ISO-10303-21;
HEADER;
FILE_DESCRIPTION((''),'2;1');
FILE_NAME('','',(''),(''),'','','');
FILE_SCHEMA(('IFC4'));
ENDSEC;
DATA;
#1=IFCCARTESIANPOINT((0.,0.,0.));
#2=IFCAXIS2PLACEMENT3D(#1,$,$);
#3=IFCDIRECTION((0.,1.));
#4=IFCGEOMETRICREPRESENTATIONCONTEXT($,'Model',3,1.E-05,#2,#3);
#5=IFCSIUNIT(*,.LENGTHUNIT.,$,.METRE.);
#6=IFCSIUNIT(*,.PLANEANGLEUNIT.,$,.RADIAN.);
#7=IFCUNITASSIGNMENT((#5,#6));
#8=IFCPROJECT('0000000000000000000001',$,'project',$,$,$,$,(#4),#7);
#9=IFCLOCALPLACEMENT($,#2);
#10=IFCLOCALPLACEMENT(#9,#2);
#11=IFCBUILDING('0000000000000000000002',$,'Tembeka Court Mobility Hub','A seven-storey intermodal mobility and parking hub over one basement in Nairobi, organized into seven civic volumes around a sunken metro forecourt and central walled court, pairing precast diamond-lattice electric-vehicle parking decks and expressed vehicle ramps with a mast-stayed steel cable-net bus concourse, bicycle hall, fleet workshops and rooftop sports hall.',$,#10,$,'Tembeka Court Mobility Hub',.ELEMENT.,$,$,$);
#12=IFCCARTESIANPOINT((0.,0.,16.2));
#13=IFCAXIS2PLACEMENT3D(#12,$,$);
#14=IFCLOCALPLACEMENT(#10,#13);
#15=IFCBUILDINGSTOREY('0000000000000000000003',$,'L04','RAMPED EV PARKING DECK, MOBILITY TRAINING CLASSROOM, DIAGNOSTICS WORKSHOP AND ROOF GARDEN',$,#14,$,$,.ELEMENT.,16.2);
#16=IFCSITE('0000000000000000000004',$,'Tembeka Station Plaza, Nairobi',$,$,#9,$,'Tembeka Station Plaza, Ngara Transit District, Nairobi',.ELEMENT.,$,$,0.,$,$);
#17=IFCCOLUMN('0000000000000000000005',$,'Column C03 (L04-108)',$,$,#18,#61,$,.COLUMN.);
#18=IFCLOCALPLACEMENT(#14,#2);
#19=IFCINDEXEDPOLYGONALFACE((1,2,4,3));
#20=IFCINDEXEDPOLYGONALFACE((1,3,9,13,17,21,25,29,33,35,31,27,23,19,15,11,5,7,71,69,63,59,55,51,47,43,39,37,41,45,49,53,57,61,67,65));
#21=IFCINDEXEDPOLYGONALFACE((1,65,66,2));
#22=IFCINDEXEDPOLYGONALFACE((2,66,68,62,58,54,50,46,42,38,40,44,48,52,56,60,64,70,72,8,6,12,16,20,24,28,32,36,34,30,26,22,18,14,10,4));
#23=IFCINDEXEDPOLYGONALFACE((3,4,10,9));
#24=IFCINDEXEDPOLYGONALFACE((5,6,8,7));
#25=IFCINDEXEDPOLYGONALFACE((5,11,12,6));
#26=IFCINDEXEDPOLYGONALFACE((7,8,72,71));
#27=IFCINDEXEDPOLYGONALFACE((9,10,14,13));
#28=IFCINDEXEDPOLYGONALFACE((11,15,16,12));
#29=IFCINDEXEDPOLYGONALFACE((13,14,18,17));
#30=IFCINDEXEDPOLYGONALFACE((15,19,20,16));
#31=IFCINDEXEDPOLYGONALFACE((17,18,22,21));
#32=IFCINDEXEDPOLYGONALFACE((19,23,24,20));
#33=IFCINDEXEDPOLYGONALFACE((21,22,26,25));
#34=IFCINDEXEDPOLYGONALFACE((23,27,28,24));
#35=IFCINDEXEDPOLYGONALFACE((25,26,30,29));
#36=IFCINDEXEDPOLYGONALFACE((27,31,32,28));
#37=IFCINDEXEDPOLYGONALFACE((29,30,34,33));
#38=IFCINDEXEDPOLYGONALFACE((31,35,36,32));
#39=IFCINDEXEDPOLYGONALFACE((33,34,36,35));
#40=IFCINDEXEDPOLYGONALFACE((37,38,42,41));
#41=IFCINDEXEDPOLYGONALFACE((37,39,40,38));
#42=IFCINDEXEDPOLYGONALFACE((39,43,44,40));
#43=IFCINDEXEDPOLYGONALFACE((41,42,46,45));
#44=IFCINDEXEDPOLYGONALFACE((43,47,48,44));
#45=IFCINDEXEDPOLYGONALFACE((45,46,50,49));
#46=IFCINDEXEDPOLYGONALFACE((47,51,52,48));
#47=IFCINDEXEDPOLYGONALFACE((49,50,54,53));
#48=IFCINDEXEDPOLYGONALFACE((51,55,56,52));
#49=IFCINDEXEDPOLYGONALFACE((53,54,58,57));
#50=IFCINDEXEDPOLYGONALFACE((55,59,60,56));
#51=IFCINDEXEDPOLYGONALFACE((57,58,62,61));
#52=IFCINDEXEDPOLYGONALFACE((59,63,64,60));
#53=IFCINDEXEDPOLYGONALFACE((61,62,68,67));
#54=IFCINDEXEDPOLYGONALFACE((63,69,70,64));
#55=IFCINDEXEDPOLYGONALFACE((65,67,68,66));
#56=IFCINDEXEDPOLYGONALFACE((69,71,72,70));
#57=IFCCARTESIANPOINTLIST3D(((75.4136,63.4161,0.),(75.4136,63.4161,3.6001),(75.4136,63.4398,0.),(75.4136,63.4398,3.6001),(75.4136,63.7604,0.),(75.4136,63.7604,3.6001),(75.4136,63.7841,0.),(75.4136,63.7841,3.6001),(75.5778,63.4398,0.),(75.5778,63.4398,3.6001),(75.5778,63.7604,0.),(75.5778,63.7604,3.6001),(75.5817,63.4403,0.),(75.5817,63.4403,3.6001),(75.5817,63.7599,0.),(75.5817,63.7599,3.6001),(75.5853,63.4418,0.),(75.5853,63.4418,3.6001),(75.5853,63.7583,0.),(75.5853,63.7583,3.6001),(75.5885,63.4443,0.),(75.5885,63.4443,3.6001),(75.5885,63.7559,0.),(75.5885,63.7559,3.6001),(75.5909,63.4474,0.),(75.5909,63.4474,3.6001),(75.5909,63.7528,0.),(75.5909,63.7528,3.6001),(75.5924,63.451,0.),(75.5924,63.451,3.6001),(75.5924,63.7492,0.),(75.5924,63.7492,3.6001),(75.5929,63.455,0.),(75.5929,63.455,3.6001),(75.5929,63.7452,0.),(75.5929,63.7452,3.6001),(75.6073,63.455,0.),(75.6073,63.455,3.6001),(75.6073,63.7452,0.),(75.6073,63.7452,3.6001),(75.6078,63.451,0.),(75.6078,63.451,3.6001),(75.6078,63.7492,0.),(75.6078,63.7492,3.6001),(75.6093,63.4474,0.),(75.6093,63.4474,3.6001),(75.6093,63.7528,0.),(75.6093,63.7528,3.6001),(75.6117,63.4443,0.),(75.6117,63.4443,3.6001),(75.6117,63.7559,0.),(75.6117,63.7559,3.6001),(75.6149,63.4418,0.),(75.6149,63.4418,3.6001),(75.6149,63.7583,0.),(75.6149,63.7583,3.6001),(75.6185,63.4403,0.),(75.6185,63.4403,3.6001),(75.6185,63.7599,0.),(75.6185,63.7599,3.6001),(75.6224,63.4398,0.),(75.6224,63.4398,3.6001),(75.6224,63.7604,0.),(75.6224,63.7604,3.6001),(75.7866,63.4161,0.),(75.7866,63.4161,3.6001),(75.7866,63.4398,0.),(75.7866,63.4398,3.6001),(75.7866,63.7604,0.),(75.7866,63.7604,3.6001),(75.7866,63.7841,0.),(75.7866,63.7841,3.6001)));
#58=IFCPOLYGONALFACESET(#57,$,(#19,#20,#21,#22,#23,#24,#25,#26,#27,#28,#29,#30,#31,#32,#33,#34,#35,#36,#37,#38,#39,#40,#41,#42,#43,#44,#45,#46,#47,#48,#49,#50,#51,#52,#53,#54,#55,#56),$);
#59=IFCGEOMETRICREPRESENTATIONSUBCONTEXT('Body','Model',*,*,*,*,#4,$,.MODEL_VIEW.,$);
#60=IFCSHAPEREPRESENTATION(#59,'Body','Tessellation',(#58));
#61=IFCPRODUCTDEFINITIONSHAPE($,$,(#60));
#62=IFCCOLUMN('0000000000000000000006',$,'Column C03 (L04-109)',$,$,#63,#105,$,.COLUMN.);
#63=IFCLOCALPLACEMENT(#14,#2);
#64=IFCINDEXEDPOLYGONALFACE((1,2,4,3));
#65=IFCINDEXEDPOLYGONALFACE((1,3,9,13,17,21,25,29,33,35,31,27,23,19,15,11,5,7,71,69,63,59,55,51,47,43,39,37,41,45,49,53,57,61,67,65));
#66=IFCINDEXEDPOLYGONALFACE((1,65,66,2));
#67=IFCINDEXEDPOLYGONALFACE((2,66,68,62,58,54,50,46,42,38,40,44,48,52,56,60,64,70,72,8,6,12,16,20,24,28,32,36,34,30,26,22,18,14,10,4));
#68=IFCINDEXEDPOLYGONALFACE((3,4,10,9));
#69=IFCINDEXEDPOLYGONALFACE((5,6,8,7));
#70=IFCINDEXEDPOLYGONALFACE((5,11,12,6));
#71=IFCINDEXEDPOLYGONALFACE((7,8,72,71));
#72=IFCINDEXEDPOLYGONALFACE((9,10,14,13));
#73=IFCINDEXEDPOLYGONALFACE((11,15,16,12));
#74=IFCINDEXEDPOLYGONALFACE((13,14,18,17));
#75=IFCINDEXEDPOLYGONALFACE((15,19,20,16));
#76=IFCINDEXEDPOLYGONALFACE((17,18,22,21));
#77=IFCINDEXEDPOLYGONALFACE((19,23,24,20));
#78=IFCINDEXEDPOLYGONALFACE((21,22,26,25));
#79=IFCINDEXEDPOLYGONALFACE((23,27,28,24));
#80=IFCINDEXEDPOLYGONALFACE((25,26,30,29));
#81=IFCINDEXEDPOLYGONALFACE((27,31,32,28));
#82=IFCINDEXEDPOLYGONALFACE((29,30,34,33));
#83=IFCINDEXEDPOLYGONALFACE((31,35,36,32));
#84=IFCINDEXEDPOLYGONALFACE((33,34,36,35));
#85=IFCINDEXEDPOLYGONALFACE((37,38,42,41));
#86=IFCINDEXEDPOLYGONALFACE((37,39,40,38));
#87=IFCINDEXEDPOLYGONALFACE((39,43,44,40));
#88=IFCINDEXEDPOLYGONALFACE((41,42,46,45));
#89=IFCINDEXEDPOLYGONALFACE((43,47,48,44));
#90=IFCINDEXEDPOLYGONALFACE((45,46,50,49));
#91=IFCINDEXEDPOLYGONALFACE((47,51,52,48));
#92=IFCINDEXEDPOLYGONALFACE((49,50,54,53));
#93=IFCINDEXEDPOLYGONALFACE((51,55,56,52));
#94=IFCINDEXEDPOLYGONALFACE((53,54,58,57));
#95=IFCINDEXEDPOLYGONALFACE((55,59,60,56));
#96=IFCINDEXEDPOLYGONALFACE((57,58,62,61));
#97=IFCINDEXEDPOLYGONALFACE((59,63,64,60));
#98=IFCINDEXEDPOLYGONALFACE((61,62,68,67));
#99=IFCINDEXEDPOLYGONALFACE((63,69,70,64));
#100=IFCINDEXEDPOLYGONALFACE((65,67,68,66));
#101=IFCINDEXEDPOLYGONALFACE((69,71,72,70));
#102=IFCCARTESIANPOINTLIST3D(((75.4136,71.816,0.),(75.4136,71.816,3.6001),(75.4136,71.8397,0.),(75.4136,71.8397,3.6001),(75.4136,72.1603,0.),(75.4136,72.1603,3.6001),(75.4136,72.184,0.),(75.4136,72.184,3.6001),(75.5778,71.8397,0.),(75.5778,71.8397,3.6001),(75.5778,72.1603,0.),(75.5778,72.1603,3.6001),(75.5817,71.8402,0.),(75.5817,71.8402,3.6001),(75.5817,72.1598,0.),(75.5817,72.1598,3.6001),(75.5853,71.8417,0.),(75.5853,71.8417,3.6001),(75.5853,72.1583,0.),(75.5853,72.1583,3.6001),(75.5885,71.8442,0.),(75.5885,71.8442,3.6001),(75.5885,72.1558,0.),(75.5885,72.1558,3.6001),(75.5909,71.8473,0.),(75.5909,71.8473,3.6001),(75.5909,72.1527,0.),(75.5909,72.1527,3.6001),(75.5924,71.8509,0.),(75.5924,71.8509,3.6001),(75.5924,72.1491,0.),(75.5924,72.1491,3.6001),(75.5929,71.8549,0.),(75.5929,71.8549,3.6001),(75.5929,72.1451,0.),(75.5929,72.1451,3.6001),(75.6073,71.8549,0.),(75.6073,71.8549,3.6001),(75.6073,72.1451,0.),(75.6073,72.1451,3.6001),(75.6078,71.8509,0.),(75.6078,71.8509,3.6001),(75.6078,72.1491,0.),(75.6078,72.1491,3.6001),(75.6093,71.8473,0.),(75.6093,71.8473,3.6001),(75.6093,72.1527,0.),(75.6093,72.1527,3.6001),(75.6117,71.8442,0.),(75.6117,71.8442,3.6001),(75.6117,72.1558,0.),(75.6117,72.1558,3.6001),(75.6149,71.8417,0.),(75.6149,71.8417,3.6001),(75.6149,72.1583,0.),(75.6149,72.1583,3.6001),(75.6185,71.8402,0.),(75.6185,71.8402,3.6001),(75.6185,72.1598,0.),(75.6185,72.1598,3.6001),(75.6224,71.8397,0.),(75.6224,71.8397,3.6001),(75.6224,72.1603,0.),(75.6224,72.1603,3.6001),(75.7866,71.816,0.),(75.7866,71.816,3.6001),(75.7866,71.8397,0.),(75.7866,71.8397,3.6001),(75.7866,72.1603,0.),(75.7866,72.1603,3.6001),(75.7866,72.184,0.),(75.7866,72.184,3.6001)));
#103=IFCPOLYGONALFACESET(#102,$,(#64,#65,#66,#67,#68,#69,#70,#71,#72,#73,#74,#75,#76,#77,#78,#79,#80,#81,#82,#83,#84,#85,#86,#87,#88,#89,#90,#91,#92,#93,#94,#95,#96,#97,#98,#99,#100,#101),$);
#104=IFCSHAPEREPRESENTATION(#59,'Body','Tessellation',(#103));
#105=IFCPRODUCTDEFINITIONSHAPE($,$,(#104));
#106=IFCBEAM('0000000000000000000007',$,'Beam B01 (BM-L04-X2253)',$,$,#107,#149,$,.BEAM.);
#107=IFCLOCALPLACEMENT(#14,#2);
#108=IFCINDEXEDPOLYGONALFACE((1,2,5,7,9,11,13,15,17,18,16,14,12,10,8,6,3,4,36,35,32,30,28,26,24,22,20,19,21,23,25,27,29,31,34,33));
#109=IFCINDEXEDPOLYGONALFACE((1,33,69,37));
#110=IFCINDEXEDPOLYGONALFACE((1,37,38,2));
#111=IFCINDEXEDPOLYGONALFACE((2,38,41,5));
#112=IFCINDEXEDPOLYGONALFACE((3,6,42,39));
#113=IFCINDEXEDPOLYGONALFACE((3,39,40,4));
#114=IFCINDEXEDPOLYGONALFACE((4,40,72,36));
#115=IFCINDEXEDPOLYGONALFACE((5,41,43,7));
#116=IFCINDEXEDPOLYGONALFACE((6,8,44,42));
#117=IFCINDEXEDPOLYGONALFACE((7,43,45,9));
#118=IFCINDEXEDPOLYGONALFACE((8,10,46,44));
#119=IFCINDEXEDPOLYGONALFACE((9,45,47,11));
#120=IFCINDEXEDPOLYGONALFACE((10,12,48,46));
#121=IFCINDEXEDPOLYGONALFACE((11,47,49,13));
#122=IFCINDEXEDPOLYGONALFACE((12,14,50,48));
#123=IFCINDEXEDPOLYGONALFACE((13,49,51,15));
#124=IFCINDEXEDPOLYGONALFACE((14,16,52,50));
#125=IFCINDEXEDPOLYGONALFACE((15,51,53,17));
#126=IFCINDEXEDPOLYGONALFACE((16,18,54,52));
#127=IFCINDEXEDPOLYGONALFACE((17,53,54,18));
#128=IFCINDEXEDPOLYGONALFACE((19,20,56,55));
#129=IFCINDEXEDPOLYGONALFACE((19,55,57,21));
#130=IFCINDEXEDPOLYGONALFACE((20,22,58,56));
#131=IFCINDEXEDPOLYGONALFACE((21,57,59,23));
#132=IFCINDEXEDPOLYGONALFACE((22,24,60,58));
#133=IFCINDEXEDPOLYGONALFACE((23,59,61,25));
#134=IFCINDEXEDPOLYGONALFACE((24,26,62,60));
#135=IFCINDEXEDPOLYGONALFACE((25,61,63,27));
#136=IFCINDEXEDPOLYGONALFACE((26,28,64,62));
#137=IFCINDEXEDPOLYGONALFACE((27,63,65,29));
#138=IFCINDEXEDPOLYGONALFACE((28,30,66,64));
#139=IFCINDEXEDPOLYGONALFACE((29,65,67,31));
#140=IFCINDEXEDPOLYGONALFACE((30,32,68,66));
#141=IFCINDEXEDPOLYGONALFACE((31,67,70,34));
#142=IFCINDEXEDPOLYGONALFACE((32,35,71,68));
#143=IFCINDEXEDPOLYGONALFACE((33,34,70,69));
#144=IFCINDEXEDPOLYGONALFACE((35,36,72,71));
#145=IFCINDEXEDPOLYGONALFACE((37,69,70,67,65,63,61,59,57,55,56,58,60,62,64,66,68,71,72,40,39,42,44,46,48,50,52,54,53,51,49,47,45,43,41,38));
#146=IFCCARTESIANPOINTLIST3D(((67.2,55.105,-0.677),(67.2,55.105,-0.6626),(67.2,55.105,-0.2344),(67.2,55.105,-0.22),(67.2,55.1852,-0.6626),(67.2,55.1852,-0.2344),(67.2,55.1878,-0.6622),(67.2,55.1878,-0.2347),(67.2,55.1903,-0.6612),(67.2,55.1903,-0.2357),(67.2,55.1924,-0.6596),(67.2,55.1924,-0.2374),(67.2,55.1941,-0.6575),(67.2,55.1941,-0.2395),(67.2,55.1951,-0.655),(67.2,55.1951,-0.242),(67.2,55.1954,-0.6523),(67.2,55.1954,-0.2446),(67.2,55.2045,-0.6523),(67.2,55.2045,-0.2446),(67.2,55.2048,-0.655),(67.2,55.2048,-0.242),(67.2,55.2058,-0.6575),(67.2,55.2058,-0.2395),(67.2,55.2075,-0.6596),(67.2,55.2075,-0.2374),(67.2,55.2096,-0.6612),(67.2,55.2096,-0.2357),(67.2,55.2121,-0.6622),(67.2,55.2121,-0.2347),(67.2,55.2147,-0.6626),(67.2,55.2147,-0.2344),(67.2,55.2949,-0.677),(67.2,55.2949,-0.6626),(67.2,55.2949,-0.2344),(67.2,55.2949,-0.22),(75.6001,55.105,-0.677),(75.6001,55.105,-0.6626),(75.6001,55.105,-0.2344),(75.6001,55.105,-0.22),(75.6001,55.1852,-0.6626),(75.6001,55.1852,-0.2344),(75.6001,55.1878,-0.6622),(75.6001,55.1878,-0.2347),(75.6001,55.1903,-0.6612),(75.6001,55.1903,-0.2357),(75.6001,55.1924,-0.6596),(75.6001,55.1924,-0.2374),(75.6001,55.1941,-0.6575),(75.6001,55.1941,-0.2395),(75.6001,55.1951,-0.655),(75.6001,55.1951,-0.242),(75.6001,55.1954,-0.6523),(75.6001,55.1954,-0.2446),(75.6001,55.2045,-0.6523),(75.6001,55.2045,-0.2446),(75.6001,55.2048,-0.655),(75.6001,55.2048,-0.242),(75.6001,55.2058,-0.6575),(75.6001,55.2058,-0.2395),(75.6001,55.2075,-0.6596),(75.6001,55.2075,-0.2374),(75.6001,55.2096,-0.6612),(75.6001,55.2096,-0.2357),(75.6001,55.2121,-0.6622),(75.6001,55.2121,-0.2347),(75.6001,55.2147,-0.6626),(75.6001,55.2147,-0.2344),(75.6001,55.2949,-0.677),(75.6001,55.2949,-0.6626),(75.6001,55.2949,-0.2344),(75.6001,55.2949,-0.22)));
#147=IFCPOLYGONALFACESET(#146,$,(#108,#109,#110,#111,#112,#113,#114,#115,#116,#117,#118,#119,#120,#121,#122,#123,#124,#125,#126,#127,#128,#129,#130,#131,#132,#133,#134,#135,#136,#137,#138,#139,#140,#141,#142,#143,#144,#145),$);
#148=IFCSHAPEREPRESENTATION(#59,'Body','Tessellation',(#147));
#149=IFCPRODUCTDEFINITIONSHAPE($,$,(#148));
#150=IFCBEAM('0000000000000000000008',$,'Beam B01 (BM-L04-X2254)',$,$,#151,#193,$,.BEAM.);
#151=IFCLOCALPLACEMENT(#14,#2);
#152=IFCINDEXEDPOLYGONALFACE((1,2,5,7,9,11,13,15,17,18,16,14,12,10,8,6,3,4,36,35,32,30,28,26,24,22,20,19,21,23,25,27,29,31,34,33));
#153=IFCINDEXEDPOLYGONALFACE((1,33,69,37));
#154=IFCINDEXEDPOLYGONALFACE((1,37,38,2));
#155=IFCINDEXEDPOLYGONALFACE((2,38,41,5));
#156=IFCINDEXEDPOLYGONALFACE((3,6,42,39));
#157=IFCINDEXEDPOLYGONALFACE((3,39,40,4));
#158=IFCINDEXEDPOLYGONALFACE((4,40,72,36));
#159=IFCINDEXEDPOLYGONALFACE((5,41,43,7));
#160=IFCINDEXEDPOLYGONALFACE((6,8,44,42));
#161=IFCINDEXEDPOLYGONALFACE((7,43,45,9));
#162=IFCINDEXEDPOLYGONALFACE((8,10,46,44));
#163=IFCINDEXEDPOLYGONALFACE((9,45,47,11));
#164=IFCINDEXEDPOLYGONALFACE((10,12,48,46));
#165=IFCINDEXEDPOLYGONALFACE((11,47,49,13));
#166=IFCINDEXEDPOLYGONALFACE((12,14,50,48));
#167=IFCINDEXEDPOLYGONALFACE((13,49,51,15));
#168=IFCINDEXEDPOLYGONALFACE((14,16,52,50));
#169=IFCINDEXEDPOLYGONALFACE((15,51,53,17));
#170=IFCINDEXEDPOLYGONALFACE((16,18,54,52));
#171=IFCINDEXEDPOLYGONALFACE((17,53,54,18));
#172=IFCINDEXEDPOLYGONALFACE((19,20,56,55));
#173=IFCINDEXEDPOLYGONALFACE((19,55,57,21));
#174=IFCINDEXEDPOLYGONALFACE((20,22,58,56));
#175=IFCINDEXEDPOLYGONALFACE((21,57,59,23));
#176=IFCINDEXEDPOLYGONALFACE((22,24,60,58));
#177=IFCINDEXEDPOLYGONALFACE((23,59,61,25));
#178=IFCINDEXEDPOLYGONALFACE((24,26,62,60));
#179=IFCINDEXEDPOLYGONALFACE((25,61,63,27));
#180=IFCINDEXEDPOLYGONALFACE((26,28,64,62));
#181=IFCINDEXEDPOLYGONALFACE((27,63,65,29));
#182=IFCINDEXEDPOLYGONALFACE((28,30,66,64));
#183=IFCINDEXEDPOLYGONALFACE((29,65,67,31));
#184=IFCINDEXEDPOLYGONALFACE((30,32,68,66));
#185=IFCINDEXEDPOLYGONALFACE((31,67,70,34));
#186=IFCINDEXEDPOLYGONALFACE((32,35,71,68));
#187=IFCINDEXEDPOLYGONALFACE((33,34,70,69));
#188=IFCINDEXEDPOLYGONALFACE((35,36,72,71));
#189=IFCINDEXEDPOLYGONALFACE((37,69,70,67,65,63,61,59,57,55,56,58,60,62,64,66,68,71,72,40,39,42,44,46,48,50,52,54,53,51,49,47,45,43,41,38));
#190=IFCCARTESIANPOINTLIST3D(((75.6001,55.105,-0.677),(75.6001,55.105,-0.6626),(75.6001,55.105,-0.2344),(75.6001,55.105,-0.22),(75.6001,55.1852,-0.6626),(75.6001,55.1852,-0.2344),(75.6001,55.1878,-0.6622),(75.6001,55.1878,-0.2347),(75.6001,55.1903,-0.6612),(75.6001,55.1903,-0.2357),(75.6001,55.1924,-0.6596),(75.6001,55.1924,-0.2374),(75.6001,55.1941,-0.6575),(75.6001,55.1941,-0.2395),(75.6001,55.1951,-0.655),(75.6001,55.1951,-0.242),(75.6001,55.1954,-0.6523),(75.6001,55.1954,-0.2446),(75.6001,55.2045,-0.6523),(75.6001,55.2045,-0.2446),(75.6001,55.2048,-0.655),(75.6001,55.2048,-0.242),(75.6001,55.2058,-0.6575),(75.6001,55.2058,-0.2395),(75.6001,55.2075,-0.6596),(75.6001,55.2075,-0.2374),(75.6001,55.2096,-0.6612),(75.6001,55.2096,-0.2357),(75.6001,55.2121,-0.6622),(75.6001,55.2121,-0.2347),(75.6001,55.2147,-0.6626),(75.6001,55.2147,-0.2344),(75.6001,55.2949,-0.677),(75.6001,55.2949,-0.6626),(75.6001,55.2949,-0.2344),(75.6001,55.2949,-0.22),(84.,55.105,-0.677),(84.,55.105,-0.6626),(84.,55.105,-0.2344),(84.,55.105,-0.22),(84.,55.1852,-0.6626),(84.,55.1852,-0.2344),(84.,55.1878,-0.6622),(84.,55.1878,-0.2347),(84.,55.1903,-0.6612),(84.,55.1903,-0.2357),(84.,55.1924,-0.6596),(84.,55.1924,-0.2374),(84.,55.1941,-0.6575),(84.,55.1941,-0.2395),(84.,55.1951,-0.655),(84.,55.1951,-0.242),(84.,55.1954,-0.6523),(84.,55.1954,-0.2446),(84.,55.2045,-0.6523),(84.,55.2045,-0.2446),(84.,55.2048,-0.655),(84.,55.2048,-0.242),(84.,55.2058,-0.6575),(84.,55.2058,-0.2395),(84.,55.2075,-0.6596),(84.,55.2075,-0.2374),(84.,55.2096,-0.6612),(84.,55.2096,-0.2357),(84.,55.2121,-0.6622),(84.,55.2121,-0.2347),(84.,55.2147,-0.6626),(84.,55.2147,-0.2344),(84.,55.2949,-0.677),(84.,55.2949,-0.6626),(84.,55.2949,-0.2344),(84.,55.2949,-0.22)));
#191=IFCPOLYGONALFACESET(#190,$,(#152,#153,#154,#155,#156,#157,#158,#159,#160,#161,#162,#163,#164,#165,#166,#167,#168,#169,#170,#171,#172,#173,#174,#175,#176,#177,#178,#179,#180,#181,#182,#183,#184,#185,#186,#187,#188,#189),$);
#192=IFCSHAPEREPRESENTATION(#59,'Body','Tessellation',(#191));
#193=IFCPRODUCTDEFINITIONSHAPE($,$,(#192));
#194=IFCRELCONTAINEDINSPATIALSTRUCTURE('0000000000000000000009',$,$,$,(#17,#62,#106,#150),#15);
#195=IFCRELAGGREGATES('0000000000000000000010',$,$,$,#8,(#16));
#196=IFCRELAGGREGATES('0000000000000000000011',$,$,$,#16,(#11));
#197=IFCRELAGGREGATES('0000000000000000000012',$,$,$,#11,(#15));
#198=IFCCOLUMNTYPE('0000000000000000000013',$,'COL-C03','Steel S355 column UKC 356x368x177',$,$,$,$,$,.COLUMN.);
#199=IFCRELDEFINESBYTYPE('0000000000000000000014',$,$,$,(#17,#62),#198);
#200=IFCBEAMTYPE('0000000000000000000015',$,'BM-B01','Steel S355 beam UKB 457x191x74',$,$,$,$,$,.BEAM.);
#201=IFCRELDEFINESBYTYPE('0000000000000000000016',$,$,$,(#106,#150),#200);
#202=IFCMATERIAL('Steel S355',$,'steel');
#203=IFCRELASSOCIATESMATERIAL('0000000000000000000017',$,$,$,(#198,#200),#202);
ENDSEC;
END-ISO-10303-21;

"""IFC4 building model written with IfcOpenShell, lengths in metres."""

from ifc_helpers import new_model, si_unit, direction, frame, origin, origin_2d, place, context, subcontext, project, spatial, i_section, extrude, material, material_profile, profile_set, type_object, element, save


model = new_model("IFC4")

# Units and contexts
model_context = context("Model", 3, precision=1e-05, world=origin(), true_north=direction((0.0, 1.0)))
body_context = subcontext(model_context, "Body", "Model", "MODEL_VIEW")
ifc_project = project(units=[si_unit("LENGTHUNIT", "METRE"), si_unit("PLANEANGLEUNIT", "RADIAN")], contexts=[model_context])

# Site, building, storey
site_placement = place(None, origin())
site = spatial("IfcSite", under=ifc_project, at=site_placement, Name="Tembeka Station Plaza, Nairobi", LongName="Tembeka Station Plaza, Ngara Transit District, Nairobi", CompositionType="ELEMENT", RefElevation=0.0)
building_placement = place(site_placement, origin())
building = spatial("IfcBuilding", under=site, at=building_placement, Name="Tembeka Court Mobility Hub", Description="A seven-storey intermodal mobility and parking hub over one basement in Nairobi, organized into seven civic volumes around a sunken metro forecourt and central walled court, pairing precast diamond-lattice electric-vehicle parking decks and expressed vehicle ramps with a mast-stayed steel cable-net bus concourse, bicycle hall, fleet workshops and rooftop sports hall.", LongName="Tembeka Court Mobility Hub", CompositionType="ELEMENT")
storey_placement = place(building_placement, frame((0.0, 0.0, 16.2)))
storey = spatial("IfcBuildingStorey", under=building, at=storey_placement, Name="L04", Description="RAMPED EV PARKING DECK, MOBILITY TRAINING CLASSROOM, DIAGNOSTICS WORKSHOP AND ROOF GARDEN", CompositionType="ELEMENT", Elevation=16.2)

# Columns
ifc_material_1 = material(Name="Steel S355", Category="steel")
ifc_material_profile_1 = material_profile(ifc_material_1, i_section(OverallWidth=0.373, OverallDepth=0.3679, WebThickness=0.0144, FlangeThickness=0.0237, FilletRadius=0.0151, at=origin_2d()), Name="UKC 356x368x177")
ifc_profile_set_1 = profile_set([ifc_material_profile_1], Name="Steel S355")
column_type = type_object("IfcColumnType", Name="COL-C03", Description="Steel S355 column UKC 356x368x177", PredefinedType="COLUMN", material=ifc_profile_set_1)
for number, where, z_axis, x_axis, name in (
    (1, (75.6001, 63.6001, 0.0), (0.0, 0.0, 1.0), (1.0, 0.0, 0.0), "Column C03 (L04-108)"),
    (2, (75.6001, 72.0, 0.0), (0.0, 0.0, 1.0), (1.0, 0.0, 0.0), "Column C03 (L04-109)"),
):
    element("IfcColumn", number, at=place(storey_placement, frame(where, z_axis=z_axis, x_axis=x_axis)), inside=storey, type_object=column_type, Name=name, PredefinedType="COLUMN", context=body_context, shape_type="SweptSolid", body=[
        extrude(i_section(OverallWidth=0.373, OverallDepth=0.3679, WebThickness=0.0144, FlangeThickness=0.0237, FilletRadius=0.0151, at=origin_2d()), origin(), (0.0, 0.0, 1.0), 3.6001),
    ])

# Beams
ifc_material_profile_2 = material_profile(ifc_material_1, i_section(OverallWidth=0.1899, OverallDepth=0.457, WebThickness=0.009, FlangeThickness=0.0144, FilletRadius=0.0103, at=origin_2d()), Name="UKB 457x191x74")
ifc_profile_set_2 = profile_set([ifc_material_profile_2], Name="Steel S355")
beam_type_1 = type_object("IfcBeamType", Name="BM-B01", Description="Steel S355 beam UKB 457x191x74", PredefinedType="BEAM", material=ifc_profile_set_2)
beam_1_placement = place(storey_placement, frame((67.2, 55.2, -0.4485), z_axis=(1.0, 0.0, 0.0), x_axis=(0.0, 1.0, 0.0)))
element("IfcBeam", 3, at=beam_1_placement, inside=storey, type_object=beam_type_1, Name="Beam B01 (BM-L04-X2253)", PredefinedType="BEAM", context=body_context, shape_type="SweptSolid", body=[
    extrude(i_section(OverallWidth=0.1899, OverallDepth=0.457, WebThickness=0.009, FlangeThickness=0.0144, FilletRadius=0.0103, at=origin_2d()), origin(), (0.0, 0.0, 1.0), 8.4001),
])
beam_2_placement = place(storey_placement, frame((75.6001, 55.2, -0.4485), z_axis=(1.0, 0.0, 0.0), x_axis=(0.0, 1.0, 0.0)))
element("IfcBeam", 4, at=beam_2_placement, inside=storey, type_object=beam_type_1, Name="Beam B01 (BM-L04-X2254)", PredefinedType="BEAM", context=body_context, shape_type="SweptSolid", body=[
    extrude(i_section(OverallWidth=0.1899, OverallDepth=0.457, WebThickness=0.009, FlangeThickness=0.0144, FilletRadius=0.0103, at=origin_2d()), origin(), (0.0, 0.0, 1.0), 8.3999),
])

save(model, "model.ifc")
